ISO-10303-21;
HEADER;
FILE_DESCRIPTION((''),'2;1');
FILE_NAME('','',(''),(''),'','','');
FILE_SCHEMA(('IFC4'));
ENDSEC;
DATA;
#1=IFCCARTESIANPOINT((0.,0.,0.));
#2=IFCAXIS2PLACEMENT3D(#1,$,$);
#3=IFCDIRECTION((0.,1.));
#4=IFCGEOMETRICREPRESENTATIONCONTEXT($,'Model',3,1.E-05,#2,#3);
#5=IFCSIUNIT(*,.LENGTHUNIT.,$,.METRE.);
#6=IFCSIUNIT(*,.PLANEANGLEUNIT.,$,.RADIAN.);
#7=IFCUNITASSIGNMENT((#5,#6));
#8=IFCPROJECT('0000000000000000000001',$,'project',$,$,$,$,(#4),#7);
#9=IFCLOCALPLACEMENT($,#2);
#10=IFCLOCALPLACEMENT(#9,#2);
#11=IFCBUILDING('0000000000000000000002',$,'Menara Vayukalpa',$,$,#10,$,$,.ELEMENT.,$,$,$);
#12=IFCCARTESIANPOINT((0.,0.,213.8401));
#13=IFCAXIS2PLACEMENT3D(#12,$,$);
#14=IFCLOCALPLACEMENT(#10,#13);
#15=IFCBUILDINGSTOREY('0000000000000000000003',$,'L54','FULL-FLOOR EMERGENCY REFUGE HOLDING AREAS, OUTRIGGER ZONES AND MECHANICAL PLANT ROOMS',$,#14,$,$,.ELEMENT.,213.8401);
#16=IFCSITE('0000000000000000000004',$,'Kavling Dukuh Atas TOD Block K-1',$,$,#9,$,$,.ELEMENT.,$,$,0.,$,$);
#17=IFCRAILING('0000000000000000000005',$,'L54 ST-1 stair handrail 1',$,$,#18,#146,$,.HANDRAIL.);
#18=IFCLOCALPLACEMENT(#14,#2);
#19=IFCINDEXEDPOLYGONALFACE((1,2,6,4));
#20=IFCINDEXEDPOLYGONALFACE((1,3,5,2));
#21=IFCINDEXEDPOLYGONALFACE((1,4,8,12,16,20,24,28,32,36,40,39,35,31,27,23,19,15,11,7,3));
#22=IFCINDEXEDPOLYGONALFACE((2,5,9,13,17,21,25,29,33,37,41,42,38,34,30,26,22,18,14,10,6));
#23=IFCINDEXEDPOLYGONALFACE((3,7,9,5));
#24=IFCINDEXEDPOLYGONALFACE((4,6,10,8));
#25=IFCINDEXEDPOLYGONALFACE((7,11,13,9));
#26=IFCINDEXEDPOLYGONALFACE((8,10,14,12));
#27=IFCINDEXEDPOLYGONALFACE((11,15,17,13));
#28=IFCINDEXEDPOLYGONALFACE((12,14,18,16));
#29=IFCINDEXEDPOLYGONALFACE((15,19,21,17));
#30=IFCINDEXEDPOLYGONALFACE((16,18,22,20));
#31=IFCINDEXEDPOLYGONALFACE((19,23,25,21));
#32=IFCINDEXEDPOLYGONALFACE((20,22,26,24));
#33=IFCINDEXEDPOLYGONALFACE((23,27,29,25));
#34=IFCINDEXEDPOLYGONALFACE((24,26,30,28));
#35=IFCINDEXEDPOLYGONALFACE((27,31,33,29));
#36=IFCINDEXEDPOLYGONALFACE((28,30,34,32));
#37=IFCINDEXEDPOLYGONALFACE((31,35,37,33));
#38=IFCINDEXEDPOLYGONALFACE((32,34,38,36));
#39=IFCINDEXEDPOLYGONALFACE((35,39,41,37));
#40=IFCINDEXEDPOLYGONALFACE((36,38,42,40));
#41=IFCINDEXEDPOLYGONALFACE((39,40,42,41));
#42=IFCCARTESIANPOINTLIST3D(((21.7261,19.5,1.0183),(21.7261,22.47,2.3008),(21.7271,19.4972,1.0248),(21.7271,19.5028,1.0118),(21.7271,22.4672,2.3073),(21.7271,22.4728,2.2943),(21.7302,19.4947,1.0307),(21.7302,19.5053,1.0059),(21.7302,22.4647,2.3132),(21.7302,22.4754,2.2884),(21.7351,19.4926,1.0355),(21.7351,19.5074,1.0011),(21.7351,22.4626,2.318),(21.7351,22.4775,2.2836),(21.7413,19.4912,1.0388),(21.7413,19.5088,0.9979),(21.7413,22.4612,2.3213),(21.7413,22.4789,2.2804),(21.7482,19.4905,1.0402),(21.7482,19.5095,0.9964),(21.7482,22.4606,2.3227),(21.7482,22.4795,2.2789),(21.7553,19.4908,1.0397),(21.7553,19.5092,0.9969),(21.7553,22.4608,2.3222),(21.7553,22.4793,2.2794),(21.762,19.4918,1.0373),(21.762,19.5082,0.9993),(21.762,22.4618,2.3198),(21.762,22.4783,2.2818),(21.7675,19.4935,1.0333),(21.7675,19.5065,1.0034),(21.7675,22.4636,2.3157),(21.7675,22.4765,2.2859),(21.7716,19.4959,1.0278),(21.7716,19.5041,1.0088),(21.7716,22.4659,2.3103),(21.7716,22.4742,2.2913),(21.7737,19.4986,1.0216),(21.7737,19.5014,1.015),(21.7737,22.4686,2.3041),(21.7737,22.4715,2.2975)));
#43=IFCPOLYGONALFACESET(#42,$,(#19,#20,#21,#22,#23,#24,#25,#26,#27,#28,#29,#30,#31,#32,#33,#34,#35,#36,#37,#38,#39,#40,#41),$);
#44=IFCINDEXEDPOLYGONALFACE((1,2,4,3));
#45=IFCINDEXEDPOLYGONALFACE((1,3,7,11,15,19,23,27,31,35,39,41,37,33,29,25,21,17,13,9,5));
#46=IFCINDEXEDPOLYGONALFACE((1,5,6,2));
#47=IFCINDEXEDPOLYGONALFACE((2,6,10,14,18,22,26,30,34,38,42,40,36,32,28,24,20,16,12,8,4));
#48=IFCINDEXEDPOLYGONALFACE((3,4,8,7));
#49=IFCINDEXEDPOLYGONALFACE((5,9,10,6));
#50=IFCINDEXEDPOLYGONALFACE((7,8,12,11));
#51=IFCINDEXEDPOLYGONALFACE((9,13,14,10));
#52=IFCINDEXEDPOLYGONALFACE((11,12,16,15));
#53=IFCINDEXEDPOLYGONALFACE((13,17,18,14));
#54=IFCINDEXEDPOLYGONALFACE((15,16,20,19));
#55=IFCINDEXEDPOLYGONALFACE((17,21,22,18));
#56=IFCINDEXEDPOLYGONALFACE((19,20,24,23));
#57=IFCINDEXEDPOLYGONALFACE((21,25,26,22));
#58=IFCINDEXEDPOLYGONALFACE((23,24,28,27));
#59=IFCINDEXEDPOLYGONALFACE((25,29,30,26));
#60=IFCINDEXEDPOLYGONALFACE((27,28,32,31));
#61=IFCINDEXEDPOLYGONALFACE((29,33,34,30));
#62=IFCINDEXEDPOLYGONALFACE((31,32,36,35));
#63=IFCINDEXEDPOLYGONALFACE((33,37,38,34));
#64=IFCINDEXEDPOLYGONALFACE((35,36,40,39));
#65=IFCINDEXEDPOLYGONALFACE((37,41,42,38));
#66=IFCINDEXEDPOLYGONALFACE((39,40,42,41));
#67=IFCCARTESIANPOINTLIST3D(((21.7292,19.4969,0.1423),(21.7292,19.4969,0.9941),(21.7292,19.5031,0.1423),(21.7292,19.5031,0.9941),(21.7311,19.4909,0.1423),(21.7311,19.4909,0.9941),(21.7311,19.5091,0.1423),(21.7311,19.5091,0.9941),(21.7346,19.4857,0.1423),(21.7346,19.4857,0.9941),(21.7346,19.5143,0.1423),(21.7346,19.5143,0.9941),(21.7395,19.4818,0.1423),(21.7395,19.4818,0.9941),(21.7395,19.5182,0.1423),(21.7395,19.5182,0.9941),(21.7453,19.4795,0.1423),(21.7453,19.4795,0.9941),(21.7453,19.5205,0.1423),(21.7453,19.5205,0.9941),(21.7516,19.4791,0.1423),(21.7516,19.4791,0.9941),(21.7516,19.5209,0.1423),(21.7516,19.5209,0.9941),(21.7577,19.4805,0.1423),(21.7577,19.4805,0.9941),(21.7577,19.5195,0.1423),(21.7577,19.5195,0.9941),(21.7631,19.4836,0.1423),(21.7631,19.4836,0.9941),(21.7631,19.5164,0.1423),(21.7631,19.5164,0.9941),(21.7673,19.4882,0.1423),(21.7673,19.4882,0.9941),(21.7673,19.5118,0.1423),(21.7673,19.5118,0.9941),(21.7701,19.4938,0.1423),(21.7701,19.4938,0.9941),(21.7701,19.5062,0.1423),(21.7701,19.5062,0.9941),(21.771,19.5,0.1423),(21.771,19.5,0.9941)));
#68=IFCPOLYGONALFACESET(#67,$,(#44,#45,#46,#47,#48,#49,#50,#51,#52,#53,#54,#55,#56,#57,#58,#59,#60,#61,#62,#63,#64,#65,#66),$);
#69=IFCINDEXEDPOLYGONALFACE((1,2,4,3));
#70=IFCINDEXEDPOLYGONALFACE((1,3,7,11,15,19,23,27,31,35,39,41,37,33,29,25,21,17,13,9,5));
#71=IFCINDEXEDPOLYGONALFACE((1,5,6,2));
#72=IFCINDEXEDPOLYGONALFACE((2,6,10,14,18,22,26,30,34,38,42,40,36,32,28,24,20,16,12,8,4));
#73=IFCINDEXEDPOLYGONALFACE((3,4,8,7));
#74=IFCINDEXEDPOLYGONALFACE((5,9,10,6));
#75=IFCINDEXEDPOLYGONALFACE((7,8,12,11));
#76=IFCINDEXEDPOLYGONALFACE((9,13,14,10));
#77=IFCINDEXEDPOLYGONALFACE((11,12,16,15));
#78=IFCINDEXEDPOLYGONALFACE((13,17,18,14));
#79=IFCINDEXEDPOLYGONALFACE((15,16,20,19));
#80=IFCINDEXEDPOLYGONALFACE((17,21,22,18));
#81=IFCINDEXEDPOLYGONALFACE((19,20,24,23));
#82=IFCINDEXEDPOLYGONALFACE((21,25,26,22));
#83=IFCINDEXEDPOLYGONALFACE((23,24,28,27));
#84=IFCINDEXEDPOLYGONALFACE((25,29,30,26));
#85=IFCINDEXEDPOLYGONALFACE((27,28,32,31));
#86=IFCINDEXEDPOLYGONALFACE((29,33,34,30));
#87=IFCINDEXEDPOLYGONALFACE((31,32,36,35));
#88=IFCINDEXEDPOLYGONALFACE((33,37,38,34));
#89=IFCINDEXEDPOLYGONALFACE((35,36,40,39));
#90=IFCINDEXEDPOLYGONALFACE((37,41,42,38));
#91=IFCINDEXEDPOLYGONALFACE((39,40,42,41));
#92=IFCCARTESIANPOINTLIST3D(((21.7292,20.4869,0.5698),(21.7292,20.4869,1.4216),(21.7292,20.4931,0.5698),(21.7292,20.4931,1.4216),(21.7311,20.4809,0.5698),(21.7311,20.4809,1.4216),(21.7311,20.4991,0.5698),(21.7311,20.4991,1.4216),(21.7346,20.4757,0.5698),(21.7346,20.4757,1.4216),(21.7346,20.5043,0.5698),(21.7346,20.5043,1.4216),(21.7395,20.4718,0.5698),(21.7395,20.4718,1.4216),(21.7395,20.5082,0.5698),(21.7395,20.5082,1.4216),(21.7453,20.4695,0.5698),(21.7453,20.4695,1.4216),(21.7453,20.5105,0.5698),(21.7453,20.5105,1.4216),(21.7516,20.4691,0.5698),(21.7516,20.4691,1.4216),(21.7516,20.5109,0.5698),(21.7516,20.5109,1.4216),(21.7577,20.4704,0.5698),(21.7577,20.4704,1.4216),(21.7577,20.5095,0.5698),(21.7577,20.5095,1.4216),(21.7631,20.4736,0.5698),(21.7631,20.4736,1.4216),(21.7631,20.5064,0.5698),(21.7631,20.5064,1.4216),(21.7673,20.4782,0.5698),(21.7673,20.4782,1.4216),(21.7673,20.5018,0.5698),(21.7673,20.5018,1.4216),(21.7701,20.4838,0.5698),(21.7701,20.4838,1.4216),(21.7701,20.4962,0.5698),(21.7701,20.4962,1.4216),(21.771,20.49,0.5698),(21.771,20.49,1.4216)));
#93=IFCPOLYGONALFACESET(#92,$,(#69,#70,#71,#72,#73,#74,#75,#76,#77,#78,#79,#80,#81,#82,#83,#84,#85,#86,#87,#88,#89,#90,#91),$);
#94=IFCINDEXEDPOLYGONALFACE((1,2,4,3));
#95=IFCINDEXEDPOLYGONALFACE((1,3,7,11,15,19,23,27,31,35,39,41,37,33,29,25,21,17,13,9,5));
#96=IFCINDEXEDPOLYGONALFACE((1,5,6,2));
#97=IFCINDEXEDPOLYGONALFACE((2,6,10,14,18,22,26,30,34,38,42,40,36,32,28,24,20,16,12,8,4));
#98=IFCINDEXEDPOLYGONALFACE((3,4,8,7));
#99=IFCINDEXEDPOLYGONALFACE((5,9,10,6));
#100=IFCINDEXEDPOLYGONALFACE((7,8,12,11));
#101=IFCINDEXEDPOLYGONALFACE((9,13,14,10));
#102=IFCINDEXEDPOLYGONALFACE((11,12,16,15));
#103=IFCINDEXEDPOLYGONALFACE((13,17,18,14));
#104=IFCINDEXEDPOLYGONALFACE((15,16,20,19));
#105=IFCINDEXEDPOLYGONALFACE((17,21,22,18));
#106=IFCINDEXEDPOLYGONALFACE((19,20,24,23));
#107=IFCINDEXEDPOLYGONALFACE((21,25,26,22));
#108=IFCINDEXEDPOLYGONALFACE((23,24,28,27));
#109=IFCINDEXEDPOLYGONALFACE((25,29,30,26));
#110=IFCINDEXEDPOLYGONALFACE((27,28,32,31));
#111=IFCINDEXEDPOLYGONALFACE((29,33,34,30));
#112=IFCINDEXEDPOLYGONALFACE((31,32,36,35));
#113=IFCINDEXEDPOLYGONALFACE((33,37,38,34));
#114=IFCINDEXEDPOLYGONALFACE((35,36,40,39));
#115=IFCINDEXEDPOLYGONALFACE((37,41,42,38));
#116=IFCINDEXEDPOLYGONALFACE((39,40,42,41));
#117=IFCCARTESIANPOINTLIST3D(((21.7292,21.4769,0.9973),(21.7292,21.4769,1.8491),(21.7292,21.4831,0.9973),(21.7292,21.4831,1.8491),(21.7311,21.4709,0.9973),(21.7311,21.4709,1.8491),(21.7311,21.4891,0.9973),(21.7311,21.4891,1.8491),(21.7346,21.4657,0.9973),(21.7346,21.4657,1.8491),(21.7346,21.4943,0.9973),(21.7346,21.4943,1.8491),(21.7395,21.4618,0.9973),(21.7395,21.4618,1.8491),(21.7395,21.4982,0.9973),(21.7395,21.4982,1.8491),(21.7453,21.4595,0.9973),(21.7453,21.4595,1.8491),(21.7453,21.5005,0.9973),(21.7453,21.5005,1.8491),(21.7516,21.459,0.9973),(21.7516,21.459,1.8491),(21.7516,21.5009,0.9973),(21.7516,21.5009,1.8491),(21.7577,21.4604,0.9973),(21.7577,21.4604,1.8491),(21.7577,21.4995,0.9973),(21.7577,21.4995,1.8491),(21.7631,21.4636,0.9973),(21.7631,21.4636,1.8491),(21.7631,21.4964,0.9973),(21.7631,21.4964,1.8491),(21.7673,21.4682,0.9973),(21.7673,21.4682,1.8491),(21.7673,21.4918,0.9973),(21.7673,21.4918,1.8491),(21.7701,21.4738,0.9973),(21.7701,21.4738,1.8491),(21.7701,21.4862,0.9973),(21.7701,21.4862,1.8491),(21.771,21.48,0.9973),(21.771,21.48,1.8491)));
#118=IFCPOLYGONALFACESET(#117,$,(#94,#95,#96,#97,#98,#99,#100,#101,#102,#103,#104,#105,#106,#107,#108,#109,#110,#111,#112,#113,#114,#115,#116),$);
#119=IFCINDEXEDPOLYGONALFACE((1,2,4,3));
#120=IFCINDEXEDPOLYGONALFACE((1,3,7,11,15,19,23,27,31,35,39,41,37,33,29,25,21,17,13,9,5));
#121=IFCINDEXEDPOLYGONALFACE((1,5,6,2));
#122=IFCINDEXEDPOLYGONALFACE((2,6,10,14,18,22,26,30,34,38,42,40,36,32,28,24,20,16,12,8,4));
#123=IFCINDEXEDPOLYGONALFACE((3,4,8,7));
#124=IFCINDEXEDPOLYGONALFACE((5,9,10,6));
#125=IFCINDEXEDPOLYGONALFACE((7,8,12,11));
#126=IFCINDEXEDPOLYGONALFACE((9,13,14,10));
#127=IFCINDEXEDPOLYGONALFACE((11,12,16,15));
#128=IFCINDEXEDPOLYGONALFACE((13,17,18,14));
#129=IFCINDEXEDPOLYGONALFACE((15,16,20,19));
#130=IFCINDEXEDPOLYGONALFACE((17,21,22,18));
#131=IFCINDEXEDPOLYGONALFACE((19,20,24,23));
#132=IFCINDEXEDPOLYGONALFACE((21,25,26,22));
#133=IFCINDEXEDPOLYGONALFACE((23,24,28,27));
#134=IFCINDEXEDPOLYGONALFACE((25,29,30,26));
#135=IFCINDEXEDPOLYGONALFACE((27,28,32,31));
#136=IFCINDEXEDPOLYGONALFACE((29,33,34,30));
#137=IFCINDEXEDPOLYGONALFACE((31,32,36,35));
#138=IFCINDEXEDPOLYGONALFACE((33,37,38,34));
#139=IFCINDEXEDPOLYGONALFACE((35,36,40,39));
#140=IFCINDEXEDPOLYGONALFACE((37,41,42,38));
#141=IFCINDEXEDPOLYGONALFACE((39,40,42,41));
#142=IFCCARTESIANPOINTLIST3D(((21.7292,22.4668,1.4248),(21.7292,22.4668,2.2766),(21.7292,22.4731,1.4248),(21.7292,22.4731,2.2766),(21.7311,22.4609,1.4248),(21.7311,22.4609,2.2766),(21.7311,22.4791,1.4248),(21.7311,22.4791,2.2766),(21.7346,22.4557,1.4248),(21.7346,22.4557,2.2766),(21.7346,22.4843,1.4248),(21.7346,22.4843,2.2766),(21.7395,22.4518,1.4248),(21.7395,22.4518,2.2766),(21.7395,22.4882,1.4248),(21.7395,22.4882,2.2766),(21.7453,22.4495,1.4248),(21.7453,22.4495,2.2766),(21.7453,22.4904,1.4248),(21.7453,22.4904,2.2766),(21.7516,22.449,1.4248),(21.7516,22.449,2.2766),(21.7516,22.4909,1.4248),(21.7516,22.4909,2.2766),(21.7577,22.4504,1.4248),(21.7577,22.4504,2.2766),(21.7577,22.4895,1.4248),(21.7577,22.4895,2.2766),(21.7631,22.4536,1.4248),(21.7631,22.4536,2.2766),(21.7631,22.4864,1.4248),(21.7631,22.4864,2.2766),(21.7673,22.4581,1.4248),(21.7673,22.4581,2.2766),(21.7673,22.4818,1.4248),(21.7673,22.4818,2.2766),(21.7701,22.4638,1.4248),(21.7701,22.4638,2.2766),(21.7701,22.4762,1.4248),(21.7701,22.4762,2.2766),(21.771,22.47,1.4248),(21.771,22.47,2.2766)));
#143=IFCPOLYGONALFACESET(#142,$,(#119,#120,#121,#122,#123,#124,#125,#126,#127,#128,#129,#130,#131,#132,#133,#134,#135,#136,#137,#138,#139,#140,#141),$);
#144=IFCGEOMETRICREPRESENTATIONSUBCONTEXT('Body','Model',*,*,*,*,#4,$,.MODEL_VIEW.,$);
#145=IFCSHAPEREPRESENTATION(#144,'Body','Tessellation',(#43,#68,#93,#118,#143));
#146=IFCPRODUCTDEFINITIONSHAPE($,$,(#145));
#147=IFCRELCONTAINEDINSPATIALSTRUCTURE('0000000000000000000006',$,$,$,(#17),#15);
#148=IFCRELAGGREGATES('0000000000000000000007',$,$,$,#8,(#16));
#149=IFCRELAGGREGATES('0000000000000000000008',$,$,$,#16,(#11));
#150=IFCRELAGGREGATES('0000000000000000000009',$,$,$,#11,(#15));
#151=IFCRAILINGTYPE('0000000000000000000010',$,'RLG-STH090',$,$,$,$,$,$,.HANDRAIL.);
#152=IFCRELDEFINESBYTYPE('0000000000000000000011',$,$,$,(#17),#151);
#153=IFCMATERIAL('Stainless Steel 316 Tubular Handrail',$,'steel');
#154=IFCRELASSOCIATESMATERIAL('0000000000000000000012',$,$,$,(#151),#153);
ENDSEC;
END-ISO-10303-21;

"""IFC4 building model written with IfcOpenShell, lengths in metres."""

from ifc_helpers import new_model, si_unit, direction, frame, origin, origin_2d, place, context, subcontext, project, spatial, circle, extrude, material, type_object, element, save


model = new_model("IFC4")

# Units and contexts
model_context = context("Model", 3, precision=1e-05, world=origin(), true_north=direction((0.0, 1.0)))
body_context = subcontext(model_context, "Body", "Model", "MODEL_VIEW")
ifc_project = project(units=[si_unit("LENGTHUNIT", "METRE"), si_unit("PLANEANGLEUNIT", "RADIAN")], contexts=[model_context])

# Site, building, storey
site_placement = place(None, origin())
site = spatial("IfcSite", under=ifc_project, at=site_placement, Name="Kavling Dukuh Atas TOD Block K-1", CompositionType="ELEMENT", RefElevation=0.0)
building_placement = place(site_placement, origin())
building = spatial("IfcBuilding", under=site, at=building_placement, Name="Menara Vayukalpa", CompositionType="ELEMENT")
storey_placement = place(building_placement, frame((0.0, 0.0, 213.8401)))
storey = spatial("IfcBuildingStorey", under=building, at=storey_placement, Name="L54", Description="FULL-FLOOR EMERGENCY REFUGE HOLDING AREAS, OUTRIGGER ZONES AND MECHANICAL PLANT ROOMS", CompositionType="ELEMENT", Elevation=213.8401)

# Railing
ifc_material_1 = material(Name="Stainless Steel 316 Tubular Handrail", Category="steel")
railing_type_1 = type_object("IfcRailingType", Name="RLG-STH090", PredefinedType="HANDRAIL", material=ifc_material_1)
railing_1_placement = place(storey_placement, frame((21.75, 19.5, 0.1423)))
element("IfcRailing", 1, at=railing_1_placement, inside=storey, type_object=railing_type_1, Name="L54 ST-1 stair handrail 1", PredefinedType="HANDRAIL", context=body_context, shape_type="SweptSolid", body=[
    extrude(circle(Radius=0.0239, at=origin_2d()), frame((0.0, 0.0, 0.876), z_axis=(0.0, 0.918064, 0.396432), x_axis=(-1.0, 0.0, 0.0)), (0.0, 0.0, 1.0), 3.2351),
    extrude(circle(Radius=0.021, at=origin_2d()), origin(), (0.0, 0.0, 1.0), 0.8518),
    extrude(circle(Radius=0.021, at=origin_2d()), frame((0.0, 0.99, 0.4275)), (0.0, 0.0, 1.0), 0.8518),
    extrude(circle(Radius=0.021, at=origin_2d()), frame((0.0, 1.98, 0.855)), (0.0, 0.0, 1.0), 0.8518),
    extrude(circle(Radius=0.021, at=origin_2d()), frame((0.0, 2.97, 1.2825)), (0.0, 0.0, 1.0), 0.8518),
])

save(model, "model.ifc")
